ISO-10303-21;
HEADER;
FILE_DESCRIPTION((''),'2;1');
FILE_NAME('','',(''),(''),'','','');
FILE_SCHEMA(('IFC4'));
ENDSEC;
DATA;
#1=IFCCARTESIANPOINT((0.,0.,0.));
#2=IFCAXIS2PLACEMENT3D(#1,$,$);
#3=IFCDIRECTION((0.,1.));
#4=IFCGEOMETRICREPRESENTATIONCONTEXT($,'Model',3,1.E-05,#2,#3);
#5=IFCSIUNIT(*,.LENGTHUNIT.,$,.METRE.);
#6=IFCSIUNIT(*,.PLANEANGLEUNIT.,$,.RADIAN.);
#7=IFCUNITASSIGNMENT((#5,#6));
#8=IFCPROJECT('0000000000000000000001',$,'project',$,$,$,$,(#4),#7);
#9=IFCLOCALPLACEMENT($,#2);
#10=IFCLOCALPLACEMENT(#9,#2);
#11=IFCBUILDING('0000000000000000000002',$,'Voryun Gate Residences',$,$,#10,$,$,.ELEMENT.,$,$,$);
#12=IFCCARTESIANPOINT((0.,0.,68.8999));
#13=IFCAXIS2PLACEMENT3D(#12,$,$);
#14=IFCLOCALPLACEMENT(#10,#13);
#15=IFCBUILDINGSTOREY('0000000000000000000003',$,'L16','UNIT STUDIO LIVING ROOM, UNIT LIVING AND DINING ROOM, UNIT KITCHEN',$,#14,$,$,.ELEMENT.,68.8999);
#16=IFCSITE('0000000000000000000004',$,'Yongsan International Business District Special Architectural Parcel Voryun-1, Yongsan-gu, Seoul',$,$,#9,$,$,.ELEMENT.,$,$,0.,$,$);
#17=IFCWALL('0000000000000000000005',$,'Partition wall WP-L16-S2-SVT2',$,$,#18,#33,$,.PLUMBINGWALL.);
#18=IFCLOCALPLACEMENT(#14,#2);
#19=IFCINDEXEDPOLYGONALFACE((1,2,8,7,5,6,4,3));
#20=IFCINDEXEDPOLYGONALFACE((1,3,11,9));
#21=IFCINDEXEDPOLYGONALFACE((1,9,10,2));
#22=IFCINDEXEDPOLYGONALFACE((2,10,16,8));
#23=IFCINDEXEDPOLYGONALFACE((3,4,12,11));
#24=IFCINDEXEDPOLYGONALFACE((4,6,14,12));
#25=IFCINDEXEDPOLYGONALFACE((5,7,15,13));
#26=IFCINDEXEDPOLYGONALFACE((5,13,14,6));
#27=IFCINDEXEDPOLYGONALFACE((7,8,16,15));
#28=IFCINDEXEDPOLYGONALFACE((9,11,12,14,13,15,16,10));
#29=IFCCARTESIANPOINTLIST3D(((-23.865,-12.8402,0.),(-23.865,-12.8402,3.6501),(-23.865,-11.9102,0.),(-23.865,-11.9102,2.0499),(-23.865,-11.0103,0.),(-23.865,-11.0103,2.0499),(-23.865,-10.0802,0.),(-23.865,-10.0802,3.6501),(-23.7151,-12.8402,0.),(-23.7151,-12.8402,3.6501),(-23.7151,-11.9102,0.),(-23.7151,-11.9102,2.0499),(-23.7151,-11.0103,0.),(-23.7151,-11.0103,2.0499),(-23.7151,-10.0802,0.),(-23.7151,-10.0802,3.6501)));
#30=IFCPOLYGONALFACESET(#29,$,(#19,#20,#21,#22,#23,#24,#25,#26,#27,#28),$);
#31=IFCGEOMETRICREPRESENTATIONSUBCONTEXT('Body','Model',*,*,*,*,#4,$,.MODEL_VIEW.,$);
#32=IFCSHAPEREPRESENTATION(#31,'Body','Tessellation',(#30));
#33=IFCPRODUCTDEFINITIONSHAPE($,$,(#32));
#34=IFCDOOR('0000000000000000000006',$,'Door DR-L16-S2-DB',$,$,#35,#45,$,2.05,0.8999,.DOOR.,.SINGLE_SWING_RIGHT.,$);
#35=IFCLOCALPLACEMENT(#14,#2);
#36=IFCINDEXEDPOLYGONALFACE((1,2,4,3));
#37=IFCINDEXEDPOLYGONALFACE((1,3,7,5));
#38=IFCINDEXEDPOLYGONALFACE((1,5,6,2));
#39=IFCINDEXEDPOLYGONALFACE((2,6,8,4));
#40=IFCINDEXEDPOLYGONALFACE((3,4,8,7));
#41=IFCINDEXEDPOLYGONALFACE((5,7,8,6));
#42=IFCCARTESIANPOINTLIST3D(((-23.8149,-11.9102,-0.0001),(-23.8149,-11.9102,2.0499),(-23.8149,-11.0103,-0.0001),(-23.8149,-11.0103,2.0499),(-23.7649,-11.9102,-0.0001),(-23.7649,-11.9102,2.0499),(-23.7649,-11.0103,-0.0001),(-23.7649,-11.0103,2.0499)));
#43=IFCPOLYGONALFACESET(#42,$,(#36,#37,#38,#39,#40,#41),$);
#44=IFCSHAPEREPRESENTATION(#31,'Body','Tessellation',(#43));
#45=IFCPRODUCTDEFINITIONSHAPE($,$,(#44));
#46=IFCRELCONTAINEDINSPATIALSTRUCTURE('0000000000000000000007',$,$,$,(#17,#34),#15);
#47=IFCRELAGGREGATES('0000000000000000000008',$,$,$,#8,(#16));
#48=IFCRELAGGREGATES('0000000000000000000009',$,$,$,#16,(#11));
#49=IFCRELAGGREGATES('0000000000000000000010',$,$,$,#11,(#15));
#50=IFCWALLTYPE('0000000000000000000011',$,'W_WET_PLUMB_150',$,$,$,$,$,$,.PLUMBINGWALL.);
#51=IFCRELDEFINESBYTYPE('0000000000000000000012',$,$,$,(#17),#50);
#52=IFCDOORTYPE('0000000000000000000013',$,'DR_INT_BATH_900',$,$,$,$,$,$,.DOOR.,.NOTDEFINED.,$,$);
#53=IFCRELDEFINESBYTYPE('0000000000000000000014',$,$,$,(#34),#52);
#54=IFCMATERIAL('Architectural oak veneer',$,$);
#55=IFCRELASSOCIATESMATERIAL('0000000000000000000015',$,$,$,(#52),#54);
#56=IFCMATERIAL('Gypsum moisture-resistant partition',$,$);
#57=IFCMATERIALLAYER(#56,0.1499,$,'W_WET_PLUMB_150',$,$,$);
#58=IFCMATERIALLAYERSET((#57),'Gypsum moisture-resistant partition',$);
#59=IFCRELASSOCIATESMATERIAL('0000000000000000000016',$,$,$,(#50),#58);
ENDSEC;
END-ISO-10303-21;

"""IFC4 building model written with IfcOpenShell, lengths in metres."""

from ifc_helpers import new_model, si_unit, direction, frame, frame_2d, origin, place, context, subcontext, project, spatial, rectangle, extrude, material, layer, layer_set, type_object, element, fill, save


model = new_model("IFC4")

# Units and contexts
model_context = context("Model", 3, precision=1e-05, world=origin(), true_north=direction((0.0, 1.0)))
body_context = subcontext(model_context, "Body", "Model", "MODEL_VIEW")
ifc_project = project(units=[si_unit("LENGTHUNIT", "METRE"), si_unit("PLANEANGLEUNIT", "RADIAN")], contexts=[model_context])

# Site, building, storey
site_placement = place(None, origin())
site = spatial("IfcSite", under=ifc_project, at=site_placement, Name="Yongsan International Business District Special Architectural Parcel Voryun-1, Yongsan-gu, Seoul", CompositionType="ELEMENT", RefElevation=0.0)
building_placement = place(site_placement, origin())
building = spatial("IfcBuilding", under=site, at=building_placement, Name="Voryun Gate Residences", CompositionType="ELEMENT")
storey_placement = place(building_placement, frame((0.0, 0.0, 68.8999)))
storey = spatial("IfcBuildingStorey", under=building, at=storey_placement, Name="L16", Description="UNIT STUDIO LIVING ROOM, UNIT LIVING AND DINING ROOM, UNIT KITCHEN", CompositionType="ELEMENT", Elevation=68.8999)

# Shared definitions
ifc_material_1 = material(Name="Architectural oak veneer")
door_type_1 = type_object("IfcDoorType", Name="DR_INT_BATH_900", OperationType="NOTDEFINED", PredefinedType="DOOR", material=ifc_material_1)

# Shared definitions
ifc_material_2 = material(Name="Gypsum moisture-resistant partition")
ifc_layer_1 = layer(ifc_material_2, 0.1499, Name="W_WET_PLUMB_150")
ifc_layer_set_1 = layer_set([ifc_layer_1], Name="Gypsum moisture-resistant partition")
wall_type_1 = type_object("IfcWallType", Name="W_WET_PLUMB_150", PredefinedType="PLUMBINGWALL", material=ifc_layer_set_1)

# Wall, opening, door
wall_1_placement = place(storey_placement, frame((-23.79, -12.8401, 0.0), z_axis=(0.0, 0.0, 1.0), x_axis=(0.0, 1.0, 0.0)))
wall_1 = element("IfcWall", 1, at=wall_1_placement, inside=storey, type_object=wall_type_1, Name="Partition wall WP-L16-S2-SVT2", PredefinedType="PLUMBINGWALL", context=body_context, shape_type="SweptSolid", body=[
    extrude(rectangle(XDim=2.76, YDim=0.1499, at=frame_2d((1.3799, 0.0))), origin(), (0.0, 0.0, 1.0), 3.6501),
])
opening_1_placement = place(wall_1_placement, frame((0.9299, 0.0, 0.0)))
opening_1 = element("IfcOpeningElement", 2, at=opening_1_placement, cuts=wall_1, PredefinedType="OPENING", context=body_context, shape_type="SweptSolid", body=[
    extrude(rectangle(XDim=0.8999, YDim=2.05, at=frame_2d((0.45, 1.0249))), frame((0.0, 0.085, 0.0), z_axis=(0.0, -1.0, 0.0), x_axis=(1.0, 0.0, 0.0)), (0.0, 0.0, 1.0), 0.1699),
])
door_1_placement = place(opening_1_placement, origin())
door_1 = element("IfcDoor", 3, at=door_1_placement, inside=storey, type_object=door_type_1, Name="Door DR-L16-S2-DB", OperationType="SINGLE_SWING_RIGHT", OverallHeight=2.05, OverallWidth=0.8999, PredefinedType="DOOR", context=body_context, shape_type="SweptSolid", body=[
    extrude(rectangle(XDim=0.8999, YDim=2.05, at=frame_2d((0.45, 1.0249))), frame((0.0, 0.0249, 0.0), z_axis=(0.0, -1.0, 0.0), x_axis=(1.0, 0.0, 0.0)), (0.0, 0.0, 1.0), 0.05),
])
fill(opening_1, door_1)

save(model, "model.ifc")
